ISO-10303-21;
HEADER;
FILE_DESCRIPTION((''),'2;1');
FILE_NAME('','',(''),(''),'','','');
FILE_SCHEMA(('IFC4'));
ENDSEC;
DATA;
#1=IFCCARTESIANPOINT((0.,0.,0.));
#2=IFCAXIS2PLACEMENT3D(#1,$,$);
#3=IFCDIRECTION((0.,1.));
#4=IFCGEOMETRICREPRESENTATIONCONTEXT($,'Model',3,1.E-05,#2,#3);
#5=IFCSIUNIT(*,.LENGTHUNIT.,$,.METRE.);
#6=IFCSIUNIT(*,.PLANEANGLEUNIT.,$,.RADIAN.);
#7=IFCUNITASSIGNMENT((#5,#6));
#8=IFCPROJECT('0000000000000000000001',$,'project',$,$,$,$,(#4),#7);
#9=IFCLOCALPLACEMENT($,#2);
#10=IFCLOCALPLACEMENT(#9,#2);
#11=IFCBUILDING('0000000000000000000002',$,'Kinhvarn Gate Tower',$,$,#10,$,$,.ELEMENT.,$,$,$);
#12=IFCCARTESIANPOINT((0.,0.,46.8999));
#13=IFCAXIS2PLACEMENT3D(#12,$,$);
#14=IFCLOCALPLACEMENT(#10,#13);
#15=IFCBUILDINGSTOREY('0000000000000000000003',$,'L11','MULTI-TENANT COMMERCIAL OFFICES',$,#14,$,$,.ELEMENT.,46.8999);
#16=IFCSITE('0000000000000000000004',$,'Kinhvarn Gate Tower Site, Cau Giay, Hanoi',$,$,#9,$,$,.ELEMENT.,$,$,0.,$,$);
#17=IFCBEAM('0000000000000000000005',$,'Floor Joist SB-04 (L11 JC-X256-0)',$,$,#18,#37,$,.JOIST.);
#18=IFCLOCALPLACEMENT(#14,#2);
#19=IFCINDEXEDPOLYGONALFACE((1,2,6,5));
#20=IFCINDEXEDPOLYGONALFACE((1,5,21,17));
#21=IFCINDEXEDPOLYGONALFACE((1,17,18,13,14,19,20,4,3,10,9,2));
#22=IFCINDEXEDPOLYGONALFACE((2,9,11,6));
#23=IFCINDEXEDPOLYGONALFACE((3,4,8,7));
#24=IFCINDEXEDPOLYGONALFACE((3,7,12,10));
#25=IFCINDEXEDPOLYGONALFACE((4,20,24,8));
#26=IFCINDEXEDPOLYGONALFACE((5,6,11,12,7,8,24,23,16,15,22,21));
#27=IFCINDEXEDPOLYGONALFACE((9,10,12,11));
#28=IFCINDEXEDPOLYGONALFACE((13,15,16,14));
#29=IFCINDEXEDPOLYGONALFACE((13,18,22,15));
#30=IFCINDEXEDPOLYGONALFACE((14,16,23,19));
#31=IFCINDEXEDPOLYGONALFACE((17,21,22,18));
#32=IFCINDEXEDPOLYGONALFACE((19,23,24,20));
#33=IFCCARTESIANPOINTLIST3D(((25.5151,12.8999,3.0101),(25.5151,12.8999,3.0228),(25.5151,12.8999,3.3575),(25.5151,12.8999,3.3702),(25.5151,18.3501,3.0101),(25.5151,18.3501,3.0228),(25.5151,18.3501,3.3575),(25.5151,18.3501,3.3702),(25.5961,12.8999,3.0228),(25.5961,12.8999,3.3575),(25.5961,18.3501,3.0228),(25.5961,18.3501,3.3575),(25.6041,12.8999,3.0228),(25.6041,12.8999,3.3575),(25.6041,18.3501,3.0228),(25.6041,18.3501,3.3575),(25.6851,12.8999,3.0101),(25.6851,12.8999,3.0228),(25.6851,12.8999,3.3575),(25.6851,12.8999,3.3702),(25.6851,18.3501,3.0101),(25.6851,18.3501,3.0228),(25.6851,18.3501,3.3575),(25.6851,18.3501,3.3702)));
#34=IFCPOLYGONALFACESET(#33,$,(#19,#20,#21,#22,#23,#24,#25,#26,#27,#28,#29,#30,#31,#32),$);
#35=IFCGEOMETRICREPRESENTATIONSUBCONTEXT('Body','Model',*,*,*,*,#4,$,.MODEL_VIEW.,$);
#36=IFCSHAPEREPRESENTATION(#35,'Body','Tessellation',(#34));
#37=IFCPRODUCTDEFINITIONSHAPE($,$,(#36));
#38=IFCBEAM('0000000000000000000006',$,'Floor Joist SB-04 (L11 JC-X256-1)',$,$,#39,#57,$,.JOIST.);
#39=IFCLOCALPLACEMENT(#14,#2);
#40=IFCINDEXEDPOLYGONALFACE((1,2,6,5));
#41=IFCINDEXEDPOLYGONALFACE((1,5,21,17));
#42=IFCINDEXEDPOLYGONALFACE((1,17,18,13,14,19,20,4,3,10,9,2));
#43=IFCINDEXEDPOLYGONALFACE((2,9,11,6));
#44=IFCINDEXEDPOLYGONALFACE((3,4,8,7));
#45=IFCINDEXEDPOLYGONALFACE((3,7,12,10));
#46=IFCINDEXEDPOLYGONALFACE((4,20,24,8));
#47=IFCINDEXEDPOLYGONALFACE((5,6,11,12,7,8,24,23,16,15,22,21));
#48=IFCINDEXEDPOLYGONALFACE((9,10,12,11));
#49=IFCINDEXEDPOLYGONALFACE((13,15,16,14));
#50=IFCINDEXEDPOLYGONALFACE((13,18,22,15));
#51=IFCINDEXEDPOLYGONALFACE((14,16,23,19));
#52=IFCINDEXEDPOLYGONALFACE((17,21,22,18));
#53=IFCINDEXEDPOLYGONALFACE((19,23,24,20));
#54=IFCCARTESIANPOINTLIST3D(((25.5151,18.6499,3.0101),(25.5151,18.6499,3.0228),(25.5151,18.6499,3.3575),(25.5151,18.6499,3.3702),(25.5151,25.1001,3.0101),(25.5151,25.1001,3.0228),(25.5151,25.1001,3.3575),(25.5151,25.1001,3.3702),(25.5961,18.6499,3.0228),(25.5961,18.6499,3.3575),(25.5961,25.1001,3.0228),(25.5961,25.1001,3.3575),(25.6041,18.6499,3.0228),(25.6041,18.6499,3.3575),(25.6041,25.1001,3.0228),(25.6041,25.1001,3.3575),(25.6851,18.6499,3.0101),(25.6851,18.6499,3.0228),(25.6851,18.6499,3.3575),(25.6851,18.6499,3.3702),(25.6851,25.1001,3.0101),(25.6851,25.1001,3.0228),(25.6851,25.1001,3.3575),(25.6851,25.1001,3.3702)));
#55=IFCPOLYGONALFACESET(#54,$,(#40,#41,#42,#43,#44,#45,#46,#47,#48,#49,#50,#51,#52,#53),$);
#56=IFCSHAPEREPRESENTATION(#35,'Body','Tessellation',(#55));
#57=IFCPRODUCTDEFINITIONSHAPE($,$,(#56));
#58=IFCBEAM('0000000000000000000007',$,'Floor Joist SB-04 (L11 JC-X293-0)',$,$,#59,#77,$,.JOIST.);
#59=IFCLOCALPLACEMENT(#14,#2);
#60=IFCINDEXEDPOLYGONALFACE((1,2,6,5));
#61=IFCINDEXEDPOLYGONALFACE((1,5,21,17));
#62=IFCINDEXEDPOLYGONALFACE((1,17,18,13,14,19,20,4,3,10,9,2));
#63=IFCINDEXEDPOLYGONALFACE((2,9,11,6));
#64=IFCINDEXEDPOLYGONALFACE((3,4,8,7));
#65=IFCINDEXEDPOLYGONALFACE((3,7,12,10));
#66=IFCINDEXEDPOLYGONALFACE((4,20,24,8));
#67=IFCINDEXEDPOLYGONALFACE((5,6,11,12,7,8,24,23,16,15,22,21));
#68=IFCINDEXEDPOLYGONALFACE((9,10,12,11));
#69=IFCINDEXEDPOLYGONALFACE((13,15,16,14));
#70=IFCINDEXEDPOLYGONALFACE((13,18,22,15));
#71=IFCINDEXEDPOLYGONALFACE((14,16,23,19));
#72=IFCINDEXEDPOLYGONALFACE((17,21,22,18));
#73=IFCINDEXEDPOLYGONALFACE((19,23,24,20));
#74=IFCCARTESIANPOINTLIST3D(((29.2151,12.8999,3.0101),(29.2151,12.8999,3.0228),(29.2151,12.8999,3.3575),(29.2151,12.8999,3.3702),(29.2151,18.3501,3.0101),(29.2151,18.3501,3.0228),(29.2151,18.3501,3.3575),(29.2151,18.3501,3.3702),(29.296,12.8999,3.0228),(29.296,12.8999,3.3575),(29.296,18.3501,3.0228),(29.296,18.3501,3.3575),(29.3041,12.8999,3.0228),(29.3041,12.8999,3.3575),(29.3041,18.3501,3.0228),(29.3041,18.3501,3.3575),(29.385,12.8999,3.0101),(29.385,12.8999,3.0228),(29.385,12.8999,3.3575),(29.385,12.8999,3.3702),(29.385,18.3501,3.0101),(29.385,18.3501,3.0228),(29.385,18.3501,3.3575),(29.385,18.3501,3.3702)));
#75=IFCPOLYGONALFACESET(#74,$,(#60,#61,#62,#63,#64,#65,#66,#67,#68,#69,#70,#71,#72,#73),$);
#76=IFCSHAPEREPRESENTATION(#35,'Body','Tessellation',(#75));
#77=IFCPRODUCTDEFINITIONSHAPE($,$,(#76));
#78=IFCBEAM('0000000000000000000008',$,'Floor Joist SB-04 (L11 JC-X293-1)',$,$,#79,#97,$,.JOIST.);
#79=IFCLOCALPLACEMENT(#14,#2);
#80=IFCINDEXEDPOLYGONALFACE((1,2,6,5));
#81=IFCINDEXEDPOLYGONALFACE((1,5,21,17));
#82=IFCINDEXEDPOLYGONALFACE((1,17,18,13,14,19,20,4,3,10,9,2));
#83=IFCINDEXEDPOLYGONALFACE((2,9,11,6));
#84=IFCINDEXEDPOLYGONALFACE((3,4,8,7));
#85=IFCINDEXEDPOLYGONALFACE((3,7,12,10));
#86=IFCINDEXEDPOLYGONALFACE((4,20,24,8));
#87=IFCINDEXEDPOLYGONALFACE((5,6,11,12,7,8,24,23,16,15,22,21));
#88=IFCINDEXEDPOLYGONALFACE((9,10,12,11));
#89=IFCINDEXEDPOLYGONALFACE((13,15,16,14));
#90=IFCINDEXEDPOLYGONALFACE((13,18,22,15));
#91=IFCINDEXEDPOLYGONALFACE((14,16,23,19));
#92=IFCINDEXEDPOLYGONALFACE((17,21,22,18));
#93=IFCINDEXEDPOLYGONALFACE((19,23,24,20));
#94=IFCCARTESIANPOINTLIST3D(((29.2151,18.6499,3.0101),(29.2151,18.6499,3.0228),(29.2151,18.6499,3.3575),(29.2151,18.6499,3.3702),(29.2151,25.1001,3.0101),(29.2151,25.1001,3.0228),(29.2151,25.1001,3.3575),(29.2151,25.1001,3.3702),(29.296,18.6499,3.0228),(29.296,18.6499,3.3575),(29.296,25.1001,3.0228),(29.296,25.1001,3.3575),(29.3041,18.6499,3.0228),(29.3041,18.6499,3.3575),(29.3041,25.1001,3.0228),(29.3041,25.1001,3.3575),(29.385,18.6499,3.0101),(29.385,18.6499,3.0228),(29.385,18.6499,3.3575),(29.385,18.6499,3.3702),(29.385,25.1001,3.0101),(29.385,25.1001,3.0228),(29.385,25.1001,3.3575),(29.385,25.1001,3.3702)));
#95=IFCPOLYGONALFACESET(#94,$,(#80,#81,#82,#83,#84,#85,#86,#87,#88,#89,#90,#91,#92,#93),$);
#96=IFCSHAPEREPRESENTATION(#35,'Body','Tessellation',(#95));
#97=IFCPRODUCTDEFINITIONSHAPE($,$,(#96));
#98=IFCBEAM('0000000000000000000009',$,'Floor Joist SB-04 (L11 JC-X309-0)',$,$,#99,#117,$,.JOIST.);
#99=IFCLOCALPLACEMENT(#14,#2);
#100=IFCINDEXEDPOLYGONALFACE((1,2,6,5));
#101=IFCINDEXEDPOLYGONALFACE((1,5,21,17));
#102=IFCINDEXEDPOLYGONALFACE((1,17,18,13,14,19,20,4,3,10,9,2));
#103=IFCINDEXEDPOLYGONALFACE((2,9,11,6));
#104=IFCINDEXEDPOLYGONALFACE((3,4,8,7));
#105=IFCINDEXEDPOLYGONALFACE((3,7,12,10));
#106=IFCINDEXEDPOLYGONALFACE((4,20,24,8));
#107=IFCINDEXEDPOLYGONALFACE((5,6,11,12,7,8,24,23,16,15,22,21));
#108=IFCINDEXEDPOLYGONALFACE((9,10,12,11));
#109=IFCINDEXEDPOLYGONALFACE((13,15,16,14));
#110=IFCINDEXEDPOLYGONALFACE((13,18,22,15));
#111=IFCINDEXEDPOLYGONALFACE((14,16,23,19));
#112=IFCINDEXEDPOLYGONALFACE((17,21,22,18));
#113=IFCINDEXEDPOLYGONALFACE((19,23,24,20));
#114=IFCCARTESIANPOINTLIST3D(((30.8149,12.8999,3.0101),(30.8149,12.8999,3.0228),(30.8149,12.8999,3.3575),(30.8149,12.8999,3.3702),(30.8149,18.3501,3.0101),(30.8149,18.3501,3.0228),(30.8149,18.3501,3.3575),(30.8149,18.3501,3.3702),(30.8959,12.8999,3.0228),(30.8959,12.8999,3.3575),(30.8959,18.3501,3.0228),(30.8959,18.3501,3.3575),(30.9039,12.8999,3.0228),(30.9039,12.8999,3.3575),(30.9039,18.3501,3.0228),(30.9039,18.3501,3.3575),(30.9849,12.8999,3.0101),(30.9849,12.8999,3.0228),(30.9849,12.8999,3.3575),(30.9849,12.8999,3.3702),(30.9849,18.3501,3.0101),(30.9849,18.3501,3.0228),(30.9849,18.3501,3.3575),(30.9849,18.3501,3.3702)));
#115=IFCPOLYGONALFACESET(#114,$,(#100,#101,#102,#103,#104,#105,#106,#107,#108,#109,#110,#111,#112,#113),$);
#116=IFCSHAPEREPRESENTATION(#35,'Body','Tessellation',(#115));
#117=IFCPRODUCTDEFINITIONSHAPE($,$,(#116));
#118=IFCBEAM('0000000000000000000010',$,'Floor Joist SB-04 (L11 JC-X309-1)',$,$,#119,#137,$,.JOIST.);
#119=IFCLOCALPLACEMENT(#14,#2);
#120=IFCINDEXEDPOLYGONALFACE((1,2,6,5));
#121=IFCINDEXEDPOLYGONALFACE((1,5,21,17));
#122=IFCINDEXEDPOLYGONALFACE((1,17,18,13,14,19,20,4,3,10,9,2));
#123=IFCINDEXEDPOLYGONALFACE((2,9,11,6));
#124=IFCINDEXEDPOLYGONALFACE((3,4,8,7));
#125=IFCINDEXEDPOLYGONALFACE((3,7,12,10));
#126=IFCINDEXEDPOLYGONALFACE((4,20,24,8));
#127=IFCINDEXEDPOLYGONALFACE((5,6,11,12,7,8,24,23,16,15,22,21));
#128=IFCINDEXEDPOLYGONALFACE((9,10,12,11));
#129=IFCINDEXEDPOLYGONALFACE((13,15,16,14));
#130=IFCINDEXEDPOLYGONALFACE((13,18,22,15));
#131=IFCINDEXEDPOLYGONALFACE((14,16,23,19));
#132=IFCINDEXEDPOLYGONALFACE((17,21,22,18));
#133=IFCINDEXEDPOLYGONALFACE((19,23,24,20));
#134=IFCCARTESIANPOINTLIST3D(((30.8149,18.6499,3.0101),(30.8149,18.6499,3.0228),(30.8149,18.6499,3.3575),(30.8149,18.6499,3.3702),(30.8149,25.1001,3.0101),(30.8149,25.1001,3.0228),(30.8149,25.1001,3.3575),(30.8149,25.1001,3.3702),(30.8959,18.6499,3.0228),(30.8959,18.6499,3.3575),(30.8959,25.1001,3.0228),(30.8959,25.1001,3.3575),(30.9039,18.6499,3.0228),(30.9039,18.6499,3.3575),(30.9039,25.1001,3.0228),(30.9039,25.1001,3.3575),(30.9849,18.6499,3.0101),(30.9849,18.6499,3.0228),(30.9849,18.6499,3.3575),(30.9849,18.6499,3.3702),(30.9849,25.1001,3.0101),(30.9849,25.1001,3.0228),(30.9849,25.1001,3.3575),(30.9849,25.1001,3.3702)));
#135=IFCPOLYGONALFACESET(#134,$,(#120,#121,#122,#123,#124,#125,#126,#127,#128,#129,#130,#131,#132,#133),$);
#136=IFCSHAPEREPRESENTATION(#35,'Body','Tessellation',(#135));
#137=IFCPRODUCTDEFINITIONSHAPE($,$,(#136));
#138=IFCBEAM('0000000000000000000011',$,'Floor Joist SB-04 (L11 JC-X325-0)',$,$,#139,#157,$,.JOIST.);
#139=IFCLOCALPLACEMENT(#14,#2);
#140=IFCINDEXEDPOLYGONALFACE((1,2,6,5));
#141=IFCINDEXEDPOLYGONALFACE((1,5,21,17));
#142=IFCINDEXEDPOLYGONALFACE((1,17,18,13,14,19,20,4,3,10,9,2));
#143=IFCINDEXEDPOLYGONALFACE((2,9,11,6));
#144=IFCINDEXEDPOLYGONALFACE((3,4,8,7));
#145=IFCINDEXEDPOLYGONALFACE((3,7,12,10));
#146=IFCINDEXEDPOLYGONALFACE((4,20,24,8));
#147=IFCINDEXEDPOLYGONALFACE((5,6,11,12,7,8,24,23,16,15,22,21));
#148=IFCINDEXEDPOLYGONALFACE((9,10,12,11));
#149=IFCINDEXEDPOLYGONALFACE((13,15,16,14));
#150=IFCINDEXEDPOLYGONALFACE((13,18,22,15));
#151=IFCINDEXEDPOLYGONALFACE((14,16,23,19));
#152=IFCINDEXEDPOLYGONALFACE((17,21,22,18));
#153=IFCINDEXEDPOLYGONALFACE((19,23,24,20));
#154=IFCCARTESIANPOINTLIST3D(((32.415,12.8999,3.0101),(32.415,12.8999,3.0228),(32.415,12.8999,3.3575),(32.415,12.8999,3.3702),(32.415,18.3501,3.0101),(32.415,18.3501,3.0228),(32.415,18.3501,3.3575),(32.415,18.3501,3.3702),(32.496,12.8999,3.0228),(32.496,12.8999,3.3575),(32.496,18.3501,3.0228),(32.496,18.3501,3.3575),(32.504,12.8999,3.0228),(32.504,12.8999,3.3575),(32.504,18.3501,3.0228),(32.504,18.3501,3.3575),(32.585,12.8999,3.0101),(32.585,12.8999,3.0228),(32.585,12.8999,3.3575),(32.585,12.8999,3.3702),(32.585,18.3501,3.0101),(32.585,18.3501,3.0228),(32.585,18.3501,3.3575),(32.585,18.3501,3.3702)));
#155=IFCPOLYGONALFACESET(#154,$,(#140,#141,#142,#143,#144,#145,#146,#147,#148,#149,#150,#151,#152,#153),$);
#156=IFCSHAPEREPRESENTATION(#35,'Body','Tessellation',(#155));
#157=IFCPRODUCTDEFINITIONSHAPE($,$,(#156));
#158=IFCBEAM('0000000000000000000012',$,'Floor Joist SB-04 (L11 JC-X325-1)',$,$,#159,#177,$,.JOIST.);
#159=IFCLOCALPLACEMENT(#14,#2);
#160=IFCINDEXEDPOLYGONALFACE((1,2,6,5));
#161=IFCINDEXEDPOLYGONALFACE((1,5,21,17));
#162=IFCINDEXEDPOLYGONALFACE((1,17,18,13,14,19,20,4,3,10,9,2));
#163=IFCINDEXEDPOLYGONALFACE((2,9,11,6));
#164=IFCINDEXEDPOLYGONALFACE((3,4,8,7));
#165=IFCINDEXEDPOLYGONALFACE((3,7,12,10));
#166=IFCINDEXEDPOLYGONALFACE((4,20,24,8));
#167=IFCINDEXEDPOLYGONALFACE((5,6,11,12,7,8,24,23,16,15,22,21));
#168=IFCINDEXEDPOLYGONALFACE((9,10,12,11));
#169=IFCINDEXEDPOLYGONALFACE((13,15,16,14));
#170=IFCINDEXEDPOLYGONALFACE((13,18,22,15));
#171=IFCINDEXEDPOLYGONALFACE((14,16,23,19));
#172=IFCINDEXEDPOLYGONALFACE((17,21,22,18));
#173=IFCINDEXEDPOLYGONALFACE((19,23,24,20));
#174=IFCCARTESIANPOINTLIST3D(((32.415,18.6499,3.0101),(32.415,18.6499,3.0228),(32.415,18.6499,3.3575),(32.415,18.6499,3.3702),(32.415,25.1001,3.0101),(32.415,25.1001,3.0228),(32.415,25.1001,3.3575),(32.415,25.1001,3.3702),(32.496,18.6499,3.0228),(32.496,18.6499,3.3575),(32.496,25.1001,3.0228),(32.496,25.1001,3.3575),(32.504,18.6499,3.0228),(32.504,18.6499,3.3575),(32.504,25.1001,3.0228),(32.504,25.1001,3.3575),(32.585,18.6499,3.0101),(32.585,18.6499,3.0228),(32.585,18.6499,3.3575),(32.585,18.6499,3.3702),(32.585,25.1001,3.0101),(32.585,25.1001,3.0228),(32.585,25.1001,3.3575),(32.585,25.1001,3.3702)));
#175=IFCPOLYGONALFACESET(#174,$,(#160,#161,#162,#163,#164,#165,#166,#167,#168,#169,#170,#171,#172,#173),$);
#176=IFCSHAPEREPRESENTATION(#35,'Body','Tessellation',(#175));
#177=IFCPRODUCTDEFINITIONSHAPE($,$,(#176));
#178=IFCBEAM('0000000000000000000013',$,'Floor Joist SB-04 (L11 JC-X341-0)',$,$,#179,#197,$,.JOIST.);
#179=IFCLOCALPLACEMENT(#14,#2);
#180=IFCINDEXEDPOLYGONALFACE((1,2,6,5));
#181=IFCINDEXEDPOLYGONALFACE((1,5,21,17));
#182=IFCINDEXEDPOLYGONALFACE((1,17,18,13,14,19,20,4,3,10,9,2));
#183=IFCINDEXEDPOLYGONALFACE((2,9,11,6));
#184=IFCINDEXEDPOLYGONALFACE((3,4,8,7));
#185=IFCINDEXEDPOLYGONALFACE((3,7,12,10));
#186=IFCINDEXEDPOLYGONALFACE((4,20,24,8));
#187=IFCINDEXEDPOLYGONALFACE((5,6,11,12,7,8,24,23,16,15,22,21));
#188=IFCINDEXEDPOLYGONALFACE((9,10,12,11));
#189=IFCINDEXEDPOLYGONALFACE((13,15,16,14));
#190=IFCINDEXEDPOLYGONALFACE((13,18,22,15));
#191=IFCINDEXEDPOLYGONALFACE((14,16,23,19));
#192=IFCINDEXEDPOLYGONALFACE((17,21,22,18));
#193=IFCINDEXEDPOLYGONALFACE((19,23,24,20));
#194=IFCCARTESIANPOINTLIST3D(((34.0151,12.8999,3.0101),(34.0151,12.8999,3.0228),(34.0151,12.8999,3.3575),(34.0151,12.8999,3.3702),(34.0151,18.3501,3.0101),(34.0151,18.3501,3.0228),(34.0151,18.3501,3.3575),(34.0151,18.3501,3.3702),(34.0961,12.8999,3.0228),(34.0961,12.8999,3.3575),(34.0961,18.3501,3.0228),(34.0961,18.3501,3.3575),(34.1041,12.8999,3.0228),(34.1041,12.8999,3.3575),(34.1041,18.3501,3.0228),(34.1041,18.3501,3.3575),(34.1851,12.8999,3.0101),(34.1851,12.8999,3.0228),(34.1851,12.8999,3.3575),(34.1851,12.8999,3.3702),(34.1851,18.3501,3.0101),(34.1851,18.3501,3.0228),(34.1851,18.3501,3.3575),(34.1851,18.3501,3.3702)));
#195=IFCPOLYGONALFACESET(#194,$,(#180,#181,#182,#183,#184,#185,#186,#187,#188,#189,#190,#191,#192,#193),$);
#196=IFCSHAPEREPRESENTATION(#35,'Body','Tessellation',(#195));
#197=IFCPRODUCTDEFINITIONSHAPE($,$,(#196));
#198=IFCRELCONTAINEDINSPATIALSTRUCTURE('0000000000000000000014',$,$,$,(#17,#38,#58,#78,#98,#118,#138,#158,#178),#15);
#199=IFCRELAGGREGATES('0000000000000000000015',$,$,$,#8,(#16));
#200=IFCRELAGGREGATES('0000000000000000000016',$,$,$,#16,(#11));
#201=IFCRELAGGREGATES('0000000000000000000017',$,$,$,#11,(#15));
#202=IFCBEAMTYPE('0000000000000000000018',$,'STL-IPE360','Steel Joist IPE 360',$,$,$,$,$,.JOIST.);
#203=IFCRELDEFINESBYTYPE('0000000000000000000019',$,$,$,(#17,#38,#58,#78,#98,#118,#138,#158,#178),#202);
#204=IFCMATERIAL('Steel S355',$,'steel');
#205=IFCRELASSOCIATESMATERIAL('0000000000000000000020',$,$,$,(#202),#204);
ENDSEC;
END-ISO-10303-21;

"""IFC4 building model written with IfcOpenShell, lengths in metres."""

from ifc_helpers import new_model, si_unit, direction, frame, origin, origin_2d, place, context, subcontext, project, spatial, i_section, extrude, material, material_profile, profile_set, type_object, element, save


model = new_model("IFC4")

# Units and contexts
model_context = context("Model", 3, precision=1e-05, world=origin(), true_north=direction((0.0, 1.0)))
body_context = subcontext(model_context, "Body", "Model", "MODEL_VIEW")
ifc_project = project(units=[si_unit("LENGTHUNIT", "METRE"), si_unit("PLANEANGLEUNIT", "RADIAN")], contexts=[model_context])

# Site, building, storey
site_placement = place(None, origin())
site = spatial("IfcSite", under=ifc_project, at=site_placement, Name="Kinhvarn Gate Tower Site, Cau Giay, Hanoi", CompositionType="ELEMENT", RefElevation=0.0)
building_placement = place(site_placement, origin())
building = spatial("IfcBuilding", under=site, at=building_placement, Name="Kinhvarn Gate Tower", CompositionType="ELEMENT")
storey_placement = place(building_placement, frame((0.0, 0.0, 46.8999)))
storey = spatial("IfcBuildingStorey", under=building, at=storey_placement, Name="L11", Description="MULTI-TENANT COMMERCIAL OFFICES", CompositionType="ELEMENT", Elevation=46.8999)

# Beams
ifc_material_1 = material(Name="Steel S355", Category="steel")
ifc_material_profile_1 = material_profile(ifc_material_1, i_section(OverallWidth=0.1699, OverallDepth=0.3601, WebThickness=0.0081, FlangeThickness=0.0127, at=origin_2d()), Name="IPE 360")
ifc_profile_set_1 = profile_set([ifc_material_profile_1], Name="Steel S355")
beam_type_1 = type_object("IfcBeamType", Name="STL-IPE360", Description="Steel Joist IPE 360", PredefinedType="JOIST", material=ifc_profile_set_1)
beam_1_placement = place(storey_placement, frame((25.6001, 12.8999, 3.1902), z_axis=(0.0, 1.0, 0.0), x_axis=(-1.0, 0.0, 0.0)))
element("IfcBeam", 1, at=beam_1_placement, inside=storey, type_object=beam_type_1, Name="Floor Joist SB-04 (L11 JC-X256-0)", PredefinedType="JOIST", context=body_context, shape_type="SweptSolid", body=[
    extrude(i_section(OverallWidth=0.1699, OverallDepth=0.3601, WebThickness=0.0081, FlangeThickness=0.0127, at=origin_2d()), origin(), (0.0, 0.0, 1.0), 5.4502),
])
beam_2_placement = place(storey_placement, frame((25.6001, 18.6499, 3.1902), z_axis=(0.0, 1.0, 0.0), x_axis=(-1.0, 0.0, 0.0)))
element("IfcBeam", 2, at=beam_2_placement, inside=storey, type_object=beam_type_1, Name="Floor Joist SB-04 (L11 JC-X256-1)", PredefinedType="JOIST", context=body_context, shape_type="SweptSolid", body=[
    extrude(i_section(OverallWidth=0.1699, OverallDepth=0.3601, WebThickness=0.0081, FlangeThickness=0.0127, at=origin_2d()), origin(), (0.0, 0.0, 1.0), 6.4502),
])
beam_3_placement = place(storey_placement, frame((29.3, 12.8999, 3.1902), z_axis=(0.0, 1.0, 0.0), x_axis=(-1.0, 0.0, 0.0)))
element("IfcBeam", 3, at=beam_3_placement, inside=storey, type_object=beam_type_1, Name="Floor Joist SB-04 (L11 JC-X293-0)", PredefinedType="JOIST", context=body_context, shape_type="SweptSolid", body=[
    extrude(i_section(OverallWidth=0.1699, OverallDepth=0.3601, WebThickness=0.0081, FlangeThickness=0.0127, at=origin_2d()), origin(), (0.0, 0.0, 1.0), 5.4502),
])
beam_4_placement = place(storey_placement, frame((29.3, 18.6499, 3.1902), z_axis=(0.0, 1.0, 0.0), x_axis=(-1.0, 0.0, 0.0)))
element("IfcBeam", 4, at=beam_4_placement, inside=storey, type_object=beam_type_1, Name="Floor Joist SB-04 (L11 JC-X293-1)", PredefinedType="JOIST", context=body_context, shape_type="SweptSolid", body=[
    extrude(i_section(OverallWidth=0.1699, OverallDepth=0.3601, WebThickness=0.0081, FlangeThickness=0.0127, at=origin_2d()), origin(), (0.0, 0.0, 1.0), 6.4502),
])
beam_5_placement = place(storey_placement, frame((30.8999, 12.8999, 3.1902), z_axis=(0.0, 1.0, 0.0), x_axis=(-1.0, 0.0, 0.0)))
element("IfcBeam", 5, at=beam_5_placement, inside=storey, type_object=beam_type_1, Name="Floor Joist SB-04 (L11 JC-X309-0)", PredefinedType="JOIST", context=body_context, shape_type="SweptSolid", body=[
    extrude(i_section(OverallWidth=0.1699, OverallDepth=0.3601, WebThickness=0.0081, FlangeThickness=0.0127, at=origin_2d()), origin(), (0.0, 0.0, 1.0), 5.4502),
])
beam_6_placement = place(storey_placement, frame((30.8999, 18.6499, 3.1902), z_axis=(0.0, 1.0, 0.0), x_axis=(-1.0, 0.0, 0.0)))
element("IfcBeam", 6, at=beam_6_placement, inside=storey, type_object=beam_type_1, Name="Floor Joist SB-04 (L11 JC-X309-1)", PredefinedType="JOIST", context=body_context, shape_type="SweptSolid", body=[
    extrude(i_section(OverallWidth=0.1699, OverallDepth=0.3601, WebThickness=0.0081, FlangeThickness=0.0127, at=origin_2d()), origin(), (0.0, 0.0, 1.0), 6.4502),
])
beam_7_placement = place(storey_placement, frame((32.5, 12.8999, 3.1902), z_axis=(0.0, 1.0, 0.0), x_axis=(-1.0, 0.0, 0.0)))
element("IfcBeam", 7, at=beam_7_placement, inside=storey, type_object=beam_type_1, Name="Floor Joist SB-04 (L11 JC-X325-0)", PredefinedType="JOIST", context=body_context, shape_type="SweptSolid", body=[
    extrude(i_section(OverallWidth=0.1699, OverallDepth=0.3601, WebThickness=0.0081, FlangeThickness=0.0127, at=origin_2d()), origin(), (0.0, 0.0, 1.0), 5.4502),
])
beam_8_placement = place(storey_placement, frame((32.5, 18.6499, 3.1902), z_axis=(0.0, 1.0, 0.0), x_axis=(-1.0, 0.0, 0.0)))
element("IfcBeam", 8, at=beam_8_placement, inside=storey, type_object=beam_type_1, Name="Floor Joist SB-04 (L11 JC-X325-1)", PredefinedType="JOIST", context=body_context, shape_type="SweptSolid", body=[
    extrude(i_section(OverallWidth=0.1699, OverallDepth=0.3601, WebThickness=0.0081, FlangeThickness=0.0127, at=origin_2d()), origin(), (0.0, 0.0, 1.0), 6.4502),
])
beam_9_placement = place(storey_placement, frame((34.1001, 12.8999, 3.1902), z_axis=(0.0, 1.0, 0.0), x_axis=(-1.0, 0.0, 0.0)))
element("IfcBeam", 9, at=beam_9_placement, inside=storey, type_object=beam_type_1, Name="Floor Joist SB-04 (L11 JC-X341-0)", PredefinedType="JOIST", context=body_context, shape_type="SweptSolid", body=[
    extrude(i_section(OverallWidth=0.1699, OverallDepth=0.3601, WebThickness=0.0081, FlangeThickness=0.0127, at=origin_2d()), origin(), (0.0, 0.0, 1.0), 5.4502),
])

save(model, "model.ifc")
